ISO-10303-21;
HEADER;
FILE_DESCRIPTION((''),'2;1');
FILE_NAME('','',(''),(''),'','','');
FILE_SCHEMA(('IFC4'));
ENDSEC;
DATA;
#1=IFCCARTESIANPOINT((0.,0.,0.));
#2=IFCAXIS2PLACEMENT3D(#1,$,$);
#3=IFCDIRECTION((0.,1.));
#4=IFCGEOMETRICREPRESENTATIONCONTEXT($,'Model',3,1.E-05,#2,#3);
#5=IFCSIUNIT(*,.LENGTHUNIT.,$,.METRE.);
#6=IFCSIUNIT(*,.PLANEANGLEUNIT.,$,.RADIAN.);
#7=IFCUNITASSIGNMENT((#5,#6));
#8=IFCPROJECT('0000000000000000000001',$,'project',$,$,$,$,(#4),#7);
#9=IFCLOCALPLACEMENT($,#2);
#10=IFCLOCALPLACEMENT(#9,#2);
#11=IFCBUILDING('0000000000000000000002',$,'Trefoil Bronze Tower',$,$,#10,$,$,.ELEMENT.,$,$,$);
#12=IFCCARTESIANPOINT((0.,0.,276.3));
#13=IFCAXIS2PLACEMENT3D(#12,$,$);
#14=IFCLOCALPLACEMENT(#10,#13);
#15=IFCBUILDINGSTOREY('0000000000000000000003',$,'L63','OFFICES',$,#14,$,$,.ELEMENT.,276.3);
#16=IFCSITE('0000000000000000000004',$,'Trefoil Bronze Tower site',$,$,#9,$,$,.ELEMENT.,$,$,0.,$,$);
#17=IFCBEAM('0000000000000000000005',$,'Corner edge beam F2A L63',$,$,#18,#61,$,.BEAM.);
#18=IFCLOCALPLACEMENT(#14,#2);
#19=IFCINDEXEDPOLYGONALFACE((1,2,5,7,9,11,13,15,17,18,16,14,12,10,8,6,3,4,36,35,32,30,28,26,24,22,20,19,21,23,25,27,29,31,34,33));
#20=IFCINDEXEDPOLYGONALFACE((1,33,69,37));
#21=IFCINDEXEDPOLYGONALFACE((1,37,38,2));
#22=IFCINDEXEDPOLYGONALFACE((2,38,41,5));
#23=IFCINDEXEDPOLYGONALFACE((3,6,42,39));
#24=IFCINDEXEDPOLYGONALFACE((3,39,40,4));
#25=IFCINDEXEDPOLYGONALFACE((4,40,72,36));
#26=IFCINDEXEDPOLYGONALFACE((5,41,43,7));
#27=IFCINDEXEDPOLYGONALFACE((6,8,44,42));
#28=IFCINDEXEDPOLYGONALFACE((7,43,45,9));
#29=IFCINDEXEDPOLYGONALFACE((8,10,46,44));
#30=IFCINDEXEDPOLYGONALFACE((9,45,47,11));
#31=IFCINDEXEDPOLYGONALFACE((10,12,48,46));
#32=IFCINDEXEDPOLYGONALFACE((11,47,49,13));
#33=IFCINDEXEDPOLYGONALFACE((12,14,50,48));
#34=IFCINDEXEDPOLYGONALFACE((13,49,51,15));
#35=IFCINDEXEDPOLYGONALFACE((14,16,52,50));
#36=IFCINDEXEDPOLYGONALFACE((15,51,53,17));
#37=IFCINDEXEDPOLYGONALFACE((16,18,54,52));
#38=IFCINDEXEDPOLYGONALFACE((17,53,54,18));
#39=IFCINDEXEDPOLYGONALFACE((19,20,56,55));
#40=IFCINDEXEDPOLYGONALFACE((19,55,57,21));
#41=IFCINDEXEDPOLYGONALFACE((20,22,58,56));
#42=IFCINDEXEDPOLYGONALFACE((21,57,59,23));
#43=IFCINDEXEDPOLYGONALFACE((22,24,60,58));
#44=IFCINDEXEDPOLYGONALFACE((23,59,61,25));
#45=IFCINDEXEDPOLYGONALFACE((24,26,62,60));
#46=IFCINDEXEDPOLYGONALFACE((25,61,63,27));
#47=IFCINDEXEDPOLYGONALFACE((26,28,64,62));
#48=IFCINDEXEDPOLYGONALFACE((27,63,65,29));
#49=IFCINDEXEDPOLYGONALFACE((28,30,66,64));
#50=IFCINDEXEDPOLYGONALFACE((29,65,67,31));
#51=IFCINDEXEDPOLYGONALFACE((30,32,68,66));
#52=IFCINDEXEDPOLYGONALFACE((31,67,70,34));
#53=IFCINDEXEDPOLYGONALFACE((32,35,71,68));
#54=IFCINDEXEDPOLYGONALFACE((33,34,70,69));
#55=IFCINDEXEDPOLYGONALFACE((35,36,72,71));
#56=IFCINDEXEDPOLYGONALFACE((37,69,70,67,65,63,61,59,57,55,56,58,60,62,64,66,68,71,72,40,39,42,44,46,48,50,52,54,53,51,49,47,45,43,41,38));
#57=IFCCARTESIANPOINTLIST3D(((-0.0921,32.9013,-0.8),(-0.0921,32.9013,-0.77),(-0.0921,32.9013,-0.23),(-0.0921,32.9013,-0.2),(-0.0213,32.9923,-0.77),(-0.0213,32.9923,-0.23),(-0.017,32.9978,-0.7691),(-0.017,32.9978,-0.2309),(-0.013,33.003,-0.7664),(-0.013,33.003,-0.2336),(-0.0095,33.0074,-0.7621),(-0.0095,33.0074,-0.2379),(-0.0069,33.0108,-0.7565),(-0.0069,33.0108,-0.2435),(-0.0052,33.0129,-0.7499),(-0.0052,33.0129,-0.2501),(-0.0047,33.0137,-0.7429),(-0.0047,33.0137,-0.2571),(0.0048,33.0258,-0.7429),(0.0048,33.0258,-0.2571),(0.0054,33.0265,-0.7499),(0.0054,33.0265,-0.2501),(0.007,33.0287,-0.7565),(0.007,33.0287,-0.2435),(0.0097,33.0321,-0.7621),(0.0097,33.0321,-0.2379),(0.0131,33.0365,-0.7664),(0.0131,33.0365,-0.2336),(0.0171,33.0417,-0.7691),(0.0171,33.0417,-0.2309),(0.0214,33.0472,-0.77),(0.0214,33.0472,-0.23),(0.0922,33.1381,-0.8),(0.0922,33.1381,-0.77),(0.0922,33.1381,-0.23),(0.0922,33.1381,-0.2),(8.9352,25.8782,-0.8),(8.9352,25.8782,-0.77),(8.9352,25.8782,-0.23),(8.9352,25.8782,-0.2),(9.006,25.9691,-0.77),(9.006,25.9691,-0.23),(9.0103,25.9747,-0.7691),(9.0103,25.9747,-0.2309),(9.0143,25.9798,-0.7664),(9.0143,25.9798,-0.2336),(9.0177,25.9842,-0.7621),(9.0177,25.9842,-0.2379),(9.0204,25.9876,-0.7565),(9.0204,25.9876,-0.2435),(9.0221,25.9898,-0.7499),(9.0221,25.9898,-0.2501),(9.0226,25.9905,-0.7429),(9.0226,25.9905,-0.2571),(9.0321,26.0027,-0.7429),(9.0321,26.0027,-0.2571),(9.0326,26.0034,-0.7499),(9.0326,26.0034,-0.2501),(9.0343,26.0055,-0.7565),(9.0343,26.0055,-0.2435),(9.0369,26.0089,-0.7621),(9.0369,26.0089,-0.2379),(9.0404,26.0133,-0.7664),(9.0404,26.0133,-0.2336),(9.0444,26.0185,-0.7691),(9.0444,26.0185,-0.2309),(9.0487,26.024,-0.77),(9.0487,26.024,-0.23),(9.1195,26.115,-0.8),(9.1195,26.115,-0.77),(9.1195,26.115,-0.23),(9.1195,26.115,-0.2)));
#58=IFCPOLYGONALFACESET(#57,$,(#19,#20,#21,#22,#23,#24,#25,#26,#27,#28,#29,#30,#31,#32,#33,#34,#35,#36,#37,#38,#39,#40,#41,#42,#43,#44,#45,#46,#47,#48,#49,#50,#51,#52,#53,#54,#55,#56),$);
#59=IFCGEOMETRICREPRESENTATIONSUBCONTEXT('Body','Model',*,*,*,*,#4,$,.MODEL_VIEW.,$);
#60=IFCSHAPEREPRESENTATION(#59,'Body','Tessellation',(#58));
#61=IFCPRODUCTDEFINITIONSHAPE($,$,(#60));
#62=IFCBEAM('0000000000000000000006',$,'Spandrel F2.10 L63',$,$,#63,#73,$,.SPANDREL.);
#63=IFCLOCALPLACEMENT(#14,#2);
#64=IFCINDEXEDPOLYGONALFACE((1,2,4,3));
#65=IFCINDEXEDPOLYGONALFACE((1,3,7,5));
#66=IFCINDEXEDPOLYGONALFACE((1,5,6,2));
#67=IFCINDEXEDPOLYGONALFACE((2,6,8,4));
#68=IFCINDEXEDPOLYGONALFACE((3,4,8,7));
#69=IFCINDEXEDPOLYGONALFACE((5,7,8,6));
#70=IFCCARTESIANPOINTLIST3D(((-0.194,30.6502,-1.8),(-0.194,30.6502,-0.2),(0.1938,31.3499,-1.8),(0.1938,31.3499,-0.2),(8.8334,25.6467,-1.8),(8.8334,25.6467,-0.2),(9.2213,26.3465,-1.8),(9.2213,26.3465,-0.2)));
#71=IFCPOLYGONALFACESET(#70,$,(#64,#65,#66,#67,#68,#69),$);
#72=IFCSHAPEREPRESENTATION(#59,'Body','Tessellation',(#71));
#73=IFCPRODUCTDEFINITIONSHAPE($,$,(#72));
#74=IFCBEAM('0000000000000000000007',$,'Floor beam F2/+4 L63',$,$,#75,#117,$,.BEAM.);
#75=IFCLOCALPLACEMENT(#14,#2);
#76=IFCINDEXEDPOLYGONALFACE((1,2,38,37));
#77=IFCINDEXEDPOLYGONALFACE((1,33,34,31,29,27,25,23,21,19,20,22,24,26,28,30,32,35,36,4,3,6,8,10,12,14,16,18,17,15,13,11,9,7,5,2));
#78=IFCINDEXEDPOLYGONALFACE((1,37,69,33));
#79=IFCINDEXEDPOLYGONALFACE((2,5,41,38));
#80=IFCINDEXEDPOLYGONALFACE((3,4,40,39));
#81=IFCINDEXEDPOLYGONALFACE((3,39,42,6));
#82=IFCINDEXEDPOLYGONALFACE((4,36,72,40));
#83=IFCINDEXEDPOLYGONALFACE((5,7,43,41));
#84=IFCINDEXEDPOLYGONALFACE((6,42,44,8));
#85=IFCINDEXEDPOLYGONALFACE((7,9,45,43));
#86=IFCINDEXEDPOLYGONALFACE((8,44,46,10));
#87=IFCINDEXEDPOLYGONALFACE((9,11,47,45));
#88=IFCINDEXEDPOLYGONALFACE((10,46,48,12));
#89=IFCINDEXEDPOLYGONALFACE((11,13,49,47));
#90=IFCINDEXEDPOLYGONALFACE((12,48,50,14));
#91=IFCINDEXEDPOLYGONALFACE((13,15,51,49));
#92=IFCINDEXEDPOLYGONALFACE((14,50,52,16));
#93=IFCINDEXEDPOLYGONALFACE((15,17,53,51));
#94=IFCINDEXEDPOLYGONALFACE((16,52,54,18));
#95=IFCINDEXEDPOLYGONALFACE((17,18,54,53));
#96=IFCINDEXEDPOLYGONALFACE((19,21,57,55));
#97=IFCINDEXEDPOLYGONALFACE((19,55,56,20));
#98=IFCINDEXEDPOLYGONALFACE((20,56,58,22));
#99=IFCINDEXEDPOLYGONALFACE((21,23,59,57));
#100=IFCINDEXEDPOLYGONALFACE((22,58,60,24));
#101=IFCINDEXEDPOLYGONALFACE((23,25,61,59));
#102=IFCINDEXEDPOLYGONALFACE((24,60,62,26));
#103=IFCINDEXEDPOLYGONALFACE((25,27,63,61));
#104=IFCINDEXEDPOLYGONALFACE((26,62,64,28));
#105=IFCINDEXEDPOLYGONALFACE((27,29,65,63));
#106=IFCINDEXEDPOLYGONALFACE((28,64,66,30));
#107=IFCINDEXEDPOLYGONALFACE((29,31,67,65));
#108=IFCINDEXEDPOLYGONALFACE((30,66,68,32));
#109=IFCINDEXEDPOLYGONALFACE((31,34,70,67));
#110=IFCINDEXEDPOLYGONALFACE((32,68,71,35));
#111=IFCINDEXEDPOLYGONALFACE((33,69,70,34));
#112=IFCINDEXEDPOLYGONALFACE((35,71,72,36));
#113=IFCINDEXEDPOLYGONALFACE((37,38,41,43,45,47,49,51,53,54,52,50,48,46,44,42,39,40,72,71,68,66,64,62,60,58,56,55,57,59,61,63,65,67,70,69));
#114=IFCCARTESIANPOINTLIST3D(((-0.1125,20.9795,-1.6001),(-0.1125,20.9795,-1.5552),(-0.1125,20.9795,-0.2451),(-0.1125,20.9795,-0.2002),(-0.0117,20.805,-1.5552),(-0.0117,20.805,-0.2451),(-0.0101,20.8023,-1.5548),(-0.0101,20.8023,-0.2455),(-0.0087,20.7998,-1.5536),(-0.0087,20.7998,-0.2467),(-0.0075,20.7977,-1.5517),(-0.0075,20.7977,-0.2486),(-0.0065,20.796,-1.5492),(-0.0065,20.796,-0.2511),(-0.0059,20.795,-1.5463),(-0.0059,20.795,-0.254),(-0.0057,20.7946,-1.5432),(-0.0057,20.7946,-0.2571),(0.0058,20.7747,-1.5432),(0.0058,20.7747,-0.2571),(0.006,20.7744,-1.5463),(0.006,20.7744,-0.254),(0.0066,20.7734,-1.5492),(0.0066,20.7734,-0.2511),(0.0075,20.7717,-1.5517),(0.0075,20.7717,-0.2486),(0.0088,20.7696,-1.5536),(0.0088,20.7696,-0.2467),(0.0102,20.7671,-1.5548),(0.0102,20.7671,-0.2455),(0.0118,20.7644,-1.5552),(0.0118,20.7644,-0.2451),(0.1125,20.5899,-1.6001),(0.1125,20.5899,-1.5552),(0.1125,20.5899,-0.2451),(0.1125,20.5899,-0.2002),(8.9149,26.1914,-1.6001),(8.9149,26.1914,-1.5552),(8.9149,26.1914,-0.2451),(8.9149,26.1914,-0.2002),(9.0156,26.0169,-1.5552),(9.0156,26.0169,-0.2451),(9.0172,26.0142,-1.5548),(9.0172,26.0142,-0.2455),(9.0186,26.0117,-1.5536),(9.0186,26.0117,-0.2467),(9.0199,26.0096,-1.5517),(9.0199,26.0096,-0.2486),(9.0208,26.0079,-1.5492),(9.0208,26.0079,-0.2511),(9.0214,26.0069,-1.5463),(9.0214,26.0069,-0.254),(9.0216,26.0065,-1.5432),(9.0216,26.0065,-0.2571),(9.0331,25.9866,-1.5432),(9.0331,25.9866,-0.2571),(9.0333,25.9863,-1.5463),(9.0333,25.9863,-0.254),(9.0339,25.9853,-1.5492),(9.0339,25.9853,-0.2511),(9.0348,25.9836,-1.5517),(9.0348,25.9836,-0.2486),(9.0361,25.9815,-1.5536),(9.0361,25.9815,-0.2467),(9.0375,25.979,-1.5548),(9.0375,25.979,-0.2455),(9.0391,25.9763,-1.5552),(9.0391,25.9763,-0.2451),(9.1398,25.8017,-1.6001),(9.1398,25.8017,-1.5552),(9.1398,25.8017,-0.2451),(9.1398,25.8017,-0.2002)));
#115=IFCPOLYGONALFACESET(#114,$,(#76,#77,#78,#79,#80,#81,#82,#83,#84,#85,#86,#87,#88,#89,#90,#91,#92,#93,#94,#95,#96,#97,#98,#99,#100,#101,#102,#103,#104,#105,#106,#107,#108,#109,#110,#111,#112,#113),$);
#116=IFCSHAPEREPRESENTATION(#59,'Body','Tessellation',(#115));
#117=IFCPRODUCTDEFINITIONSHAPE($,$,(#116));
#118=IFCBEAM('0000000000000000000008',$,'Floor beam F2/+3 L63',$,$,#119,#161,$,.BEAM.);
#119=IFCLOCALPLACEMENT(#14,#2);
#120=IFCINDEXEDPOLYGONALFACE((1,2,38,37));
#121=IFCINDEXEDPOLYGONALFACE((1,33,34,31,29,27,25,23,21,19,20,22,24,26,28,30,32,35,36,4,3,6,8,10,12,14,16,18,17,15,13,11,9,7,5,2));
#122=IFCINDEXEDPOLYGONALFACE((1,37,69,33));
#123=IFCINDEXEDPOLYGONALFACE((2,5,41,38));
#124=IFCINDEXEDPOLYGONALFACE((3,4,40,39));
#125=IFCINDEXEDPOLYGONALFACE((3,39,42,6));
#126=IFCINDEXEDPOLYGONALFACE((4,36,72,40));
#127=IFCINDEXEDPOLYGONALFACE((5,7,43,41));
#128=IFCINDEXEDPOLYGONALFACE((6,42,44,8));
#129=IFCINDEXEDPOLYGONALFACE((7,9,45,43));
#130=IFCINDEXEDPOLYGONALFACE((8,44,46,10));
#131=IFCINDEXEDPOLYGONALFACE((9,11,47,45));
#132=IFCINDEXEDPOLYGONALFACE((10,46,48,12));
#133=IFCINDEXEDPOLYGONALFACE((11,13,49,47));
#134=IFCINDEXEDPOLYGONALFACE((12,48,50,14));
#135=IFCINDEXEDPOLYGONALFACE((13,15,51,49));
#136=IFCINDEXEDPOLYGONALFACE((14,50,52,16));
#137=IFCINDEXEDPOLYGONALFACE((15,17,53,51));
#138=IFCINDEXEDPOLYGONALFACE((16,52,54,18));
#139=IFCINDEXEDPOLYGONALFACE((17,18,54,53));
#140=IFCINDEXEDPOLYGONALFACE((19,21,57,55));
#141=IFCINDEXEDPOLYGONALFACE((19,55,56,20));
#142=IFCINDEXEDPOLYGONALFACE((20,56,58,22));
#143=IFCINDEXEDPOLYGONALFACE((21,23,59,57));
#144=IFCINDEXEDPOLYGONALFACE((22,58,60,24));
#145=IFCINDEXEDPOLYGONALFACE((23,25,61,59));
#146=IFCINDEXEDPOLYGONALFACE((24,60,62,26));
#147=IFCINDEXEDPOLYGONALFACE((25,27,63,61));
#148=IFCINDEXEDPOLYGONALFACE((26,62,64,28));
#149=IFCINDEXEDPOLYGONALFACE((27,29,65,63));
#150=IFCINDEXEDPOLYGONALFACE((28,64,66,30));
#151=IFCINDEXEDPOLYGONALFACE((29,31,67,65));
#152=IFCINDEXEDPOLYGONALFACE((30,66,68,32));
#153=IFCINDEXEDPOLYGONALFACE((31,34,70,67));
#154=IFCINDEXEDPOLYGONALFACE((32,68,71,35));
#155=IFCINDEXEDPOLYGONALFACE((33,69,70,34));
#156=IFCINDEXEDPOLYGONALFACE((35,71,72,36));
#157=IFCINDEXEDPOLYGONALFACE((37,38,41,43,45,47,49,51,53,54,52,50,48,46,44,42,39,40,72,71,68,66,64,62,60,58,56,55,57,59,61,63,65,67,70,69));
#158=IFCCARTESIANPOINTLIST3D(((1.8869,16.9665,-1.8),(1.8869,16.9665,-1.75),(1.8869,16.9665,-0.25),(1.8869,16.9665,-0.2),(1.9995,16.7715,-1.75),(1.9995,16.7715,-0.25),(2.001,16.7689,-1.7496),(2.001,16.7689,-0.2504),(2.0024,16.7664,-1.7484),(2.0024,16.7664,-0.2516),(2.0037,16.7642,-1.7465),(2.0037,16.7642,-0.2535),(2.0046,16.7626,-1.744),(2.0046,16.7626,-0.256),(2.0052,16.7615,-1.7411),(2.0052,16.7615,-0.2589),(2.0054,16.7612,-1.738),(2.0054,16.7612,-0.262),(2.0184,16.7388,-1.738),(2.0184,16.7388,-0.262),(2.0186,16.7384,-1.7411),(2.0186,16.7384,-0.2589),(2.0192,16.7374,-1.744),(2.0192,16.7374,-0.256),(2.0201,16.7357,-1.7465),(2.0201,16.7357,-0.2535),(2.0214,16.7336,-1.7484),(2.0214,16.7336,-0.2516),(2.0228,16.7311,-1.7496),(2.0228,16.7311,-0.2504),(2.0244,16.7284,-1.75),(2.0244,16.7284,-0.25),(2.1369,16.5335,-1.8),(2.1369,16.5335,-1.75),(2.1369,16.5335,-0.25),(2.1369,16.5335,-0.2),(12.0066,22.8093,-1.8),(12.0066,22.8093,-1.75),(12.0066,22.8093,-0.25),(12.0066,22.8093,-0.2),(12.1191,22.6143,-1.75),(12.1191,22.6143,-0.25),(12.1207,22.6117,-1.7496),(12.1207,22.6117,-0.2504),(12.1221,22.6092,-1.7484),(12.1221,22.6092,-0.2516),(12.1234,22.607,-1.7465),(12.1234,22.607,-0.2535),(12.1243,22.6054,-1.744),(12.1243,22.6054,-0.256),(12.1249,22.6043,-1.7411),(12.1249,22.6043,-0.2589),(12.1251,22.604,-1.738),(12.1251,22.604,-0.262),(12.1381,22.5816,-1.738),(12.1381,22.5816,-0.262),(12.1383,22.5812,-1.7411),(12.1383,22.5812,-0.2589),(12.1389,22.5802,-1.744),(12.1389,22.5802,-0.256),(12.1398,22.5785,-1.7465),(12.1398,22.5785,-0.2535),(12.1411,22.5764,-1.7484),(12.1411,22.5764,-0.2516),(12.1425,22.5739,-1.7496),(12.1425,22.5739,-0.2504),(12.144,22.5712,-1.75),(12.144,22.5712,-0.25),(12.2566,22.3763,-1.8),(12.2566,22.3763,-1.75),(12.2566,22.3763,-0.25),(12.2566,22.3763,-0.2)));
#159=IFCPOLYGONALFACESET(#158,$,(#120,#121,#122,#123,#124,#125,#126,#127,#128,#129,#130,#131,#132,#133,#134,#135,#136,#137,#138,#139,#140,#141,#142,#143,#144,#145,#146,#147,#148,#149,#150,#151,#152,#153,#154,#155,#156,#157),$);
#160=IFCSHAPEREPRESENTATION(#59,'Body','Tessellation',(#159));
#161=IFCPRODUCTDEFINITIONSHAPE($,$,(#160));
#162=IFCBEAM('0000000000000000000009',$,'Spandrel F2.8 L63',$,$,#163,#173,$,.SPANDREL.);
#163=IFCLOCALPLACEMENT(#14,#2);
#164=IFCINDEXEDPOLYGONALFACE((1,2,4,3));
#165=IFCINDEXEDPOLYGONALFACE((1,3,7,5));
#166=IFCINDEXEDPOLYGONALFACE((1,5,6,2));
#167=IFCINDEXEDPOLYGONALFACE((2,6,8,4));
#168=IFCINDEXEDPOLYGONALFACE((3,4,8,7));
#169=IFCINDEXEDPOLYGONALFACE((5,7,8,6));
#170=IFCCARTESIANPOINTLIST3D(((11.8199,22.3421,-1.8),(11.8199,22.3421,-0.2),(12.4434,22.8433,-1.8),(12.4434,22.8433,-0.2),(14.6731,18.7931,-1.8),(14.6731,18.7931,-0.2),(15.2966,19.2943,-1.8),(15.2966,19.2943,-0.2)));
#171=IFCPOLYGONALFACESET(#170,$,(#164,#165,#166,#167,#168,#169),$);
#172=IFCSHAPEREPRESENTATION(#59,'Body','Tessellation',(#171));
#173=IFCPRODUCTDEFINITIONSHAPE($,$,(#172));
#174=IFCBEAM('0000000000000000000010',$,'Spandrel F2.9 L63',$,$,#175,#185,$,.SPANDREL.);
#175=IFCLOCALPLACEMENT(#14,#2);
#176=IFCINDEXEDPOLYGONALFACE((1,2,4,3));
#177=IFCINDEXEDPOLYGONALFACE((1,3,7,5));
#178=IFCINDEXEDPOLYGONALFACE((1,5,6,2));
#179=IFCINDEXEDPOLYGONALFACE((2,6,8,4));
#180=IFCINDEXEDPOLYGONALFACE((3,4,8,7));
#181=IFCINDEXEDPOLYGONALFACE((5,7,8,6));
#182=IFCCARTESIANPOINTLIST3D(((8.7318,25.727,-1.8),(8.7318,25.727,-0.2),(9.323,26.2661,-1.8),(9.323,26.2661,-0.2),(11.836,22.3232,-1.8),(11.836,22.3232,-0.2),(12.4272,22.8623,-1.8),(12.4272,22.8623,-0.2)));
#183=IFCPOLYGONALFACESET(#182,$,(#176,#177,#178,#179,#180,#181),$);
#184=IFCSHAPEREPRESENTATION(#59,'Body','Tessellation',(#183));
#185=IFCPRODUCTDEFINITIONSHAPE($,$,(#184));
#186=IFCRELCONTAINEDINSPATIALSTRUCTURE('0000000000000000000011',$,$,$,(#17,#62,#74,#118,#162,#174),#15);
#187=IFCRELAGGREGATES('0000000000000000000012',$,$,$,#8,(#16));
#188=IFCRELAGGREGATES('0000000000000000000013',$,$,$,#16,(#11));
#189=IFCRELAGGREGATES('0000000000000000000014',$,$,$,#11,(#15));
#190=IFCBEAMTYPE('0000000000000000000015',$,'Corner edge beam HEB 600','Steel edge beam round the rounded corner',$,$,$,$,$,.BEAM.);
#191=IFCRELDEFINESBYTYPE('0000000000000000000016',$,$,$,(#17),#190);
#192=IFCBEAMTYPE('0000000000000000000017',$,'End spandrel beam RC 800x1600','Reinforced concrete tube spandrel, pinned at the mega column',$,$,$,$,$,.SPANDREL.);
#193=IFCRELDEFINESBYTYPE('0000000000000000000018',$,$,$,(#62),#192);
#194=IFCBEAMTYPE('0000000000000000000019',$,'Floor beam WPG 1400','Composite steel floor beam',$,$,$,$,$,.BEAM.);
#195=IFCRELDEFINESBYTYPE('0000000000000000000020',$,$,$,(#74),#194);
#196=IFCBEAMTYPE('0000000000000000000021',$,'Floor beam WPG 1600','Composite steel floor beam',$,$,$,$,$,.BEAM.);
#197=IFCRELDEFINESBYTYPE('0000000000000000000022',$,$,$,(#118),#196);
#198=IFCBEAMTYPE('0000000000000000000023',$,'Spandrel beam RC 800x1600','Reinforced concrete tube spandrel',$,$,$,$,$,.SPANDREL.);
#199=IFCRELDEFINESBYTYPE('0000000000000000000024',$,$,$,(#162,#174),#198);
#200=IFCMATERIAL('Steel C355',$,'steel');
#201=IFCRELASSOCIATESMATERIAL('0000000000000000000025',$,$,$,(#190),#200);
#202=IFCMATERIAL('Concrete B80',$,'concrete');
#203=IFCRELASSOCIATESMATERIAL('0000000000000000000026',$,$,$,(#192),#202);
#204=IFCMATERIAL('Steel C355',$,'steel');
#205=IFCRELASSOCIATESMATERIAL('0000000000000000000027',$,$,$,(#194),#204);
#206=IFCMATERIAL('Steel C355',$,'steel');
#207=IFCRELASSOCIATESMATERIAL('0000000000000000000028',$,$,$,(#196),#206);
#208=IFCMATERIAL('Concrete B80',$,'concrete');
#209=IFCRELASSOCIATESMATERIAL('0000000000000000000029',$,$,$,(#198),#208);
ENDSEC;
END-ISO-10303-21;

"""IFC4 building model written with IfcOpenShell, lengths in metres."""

from ifc_helpers import new_model, si_unit, direction, frame, origin, origin_2d, place, context, subcontext, project, spatial, rectangle, i_section, extrude, material, material_profile, profile_set, type_object, element, save


model = new_model("IFC4")

# Units and contexts
model_context = context("Model", 3, precision=1e-05, world=origin(), true_north=direction((0.0, 1.0)))
body_context = subcontext(model_context, "Body", "Model", "MODEL_VIEW")
ifc_project = project(units=[si_unit("LENGTHUNIT", "METRE"), si_unit("PLANEANGLEUNIT", "RADIAN")], contexts=[model_context])

# Site, building, storey
site_placement = place(None, origin())
site = spatial("IfcSite", under=ifc_project, at=site_placement, Name="Trefoil Bronze Tower site", CompositionType="ELEMENT", RefElevation=0.0)
building_placement = place(site_placement, origin())
building = spatial("IfcBuilding", under=site, at=building_placement, Name="Trefoil Bronze Tower", CompositionType="ELEMENT")
storey_placement = place(building_placement, frame((0.0, 0.0, 276.3)))
storey = spatial("IfcBuildingStorey", under=building, at=storey_placement, Name="L63", Description="OFFICES", CompositionType="ELEMENT", Elevation=276.3)

# Beams
ifc_material_1 = material(Name="Steel C355", Category="steel")
ifc_material_profile_1 = material_profile(ifc_material_1, i_section(OverallWidth=0.3, OverallDepth=0.6001, WebThickness=0.0154, FlangeThickness=0.03, FilletRadius=0.0271, at=origin_2d()), Name="HEB 600")
ifc_profile_set_1 = profile_set([ifc_material_profile_1], Name="Steel C355")
beam_type_1 = type_object("IfcBeamType", Name="Corner edge beam HEB 600", Description="Steel edge beam round the rounded corner", PredefinedType="BEAM", material=ifc_profile_set_1)
beam_1_placement = place(storey_placement, frame((9.0273, 25.9966, -0.5), z_axis=(-0.789271, 0.614046, 0.0), x_axis=(-0.614046, -0.789271, 0.0)))
element("IfcBeam", 1, at=beam_1_placement, inside=storey, type_object=beam_type_1, Name="Corner edge beam F2A L63", PredefinedType="BEAM", context=body_context, shape_type="SweptSolid", body=[
    extrude(i_section(OverallWidth=0.3, OverallDepth=0.6001, WebThickness=0.0154, FlangeThickness=0.03, FilletRadius=0.0271, at=origin_2d()), origin(), (0.0, 0.0, 1.0), 11.4375),
])
ifc_material_2 = material(Name="Concrete B80", Category="concrete")
ifc_material_profile_2 = material_profile(ifc_material_2, rectangle(XDim=0.8, YDim=1.6001, at=origin_2d()), Name="RC 800x1600")
ifc_profile_set_2 = profile_set([ifc_material_profile_2], Name="Concrete B80")
beam_type_2 = type_object("IfcBeamType", Name="End spandrel beam RC 800x1600", Description="Reinforced concrete tube spandrel, pinned at the mega column", PredefinedType="SPANDREL", material=ifc_profile_set_2)
beam_2_placement = place(storey_placement, frame((9.0273, 25.9966, -1.0), z_axis=(-0.874641, 0.484771, 0.0), x_axis=(-0.484771, -0.874641, 0.0)))
element("IfcBeam", 2, at=beam_2_placement, inside=storey, type_object=beam_type_2, Name="Spandrel F2.10 L63", PredefinedType="SPANDREL", context=body_context, shape_type="SweptSolid", body=[
    extrude(rectangle(XDim=0.8, YDim=1.6001, at=origin_2d()), origin(), (0.0, 0.0, 1.0), 10.3213),
])
ifc_material_3 = material(Name="Steel C355", Category="steel")
ifc_material_profile_3 = material_profile(ifc_material_3, i_section(OverallWidth=0.45, OverallDepth=1.3999, WebThickness=0.0229, FlangeThickness=0.0449, FilletRadius=0.012, at=origin_2d()), Name="WPG 1400")
ifc_profile_set_3 = profile_set([ifc_material_profile_3], Name="Steel C355")
beam_type_3 = type_object("IfcBeamType", Name="Floor beam WPG 1400", Description="Composite steel floor beam", PredefinedType="BEAM", material=ifc_profile_set_3)
beam_3_placement = place(storey_placement, frame((9.0273, 25.9966, -0.9001), z_axis=(-0.866026, -0.499998, 0.0), x_axis=(0.499998, -0.866026, 0.0)))
element("IfcBeam", 3, at=beam_3_placement, inside=storey, type_object=beam_type_3, Name="Floor beam F2/+4 L63", PredefinedType="BEAM", context=body_context, shape_type="SweptSolid", body=[
    extrude(i_section(OverallWidth=0.45, OverallDepth=1.3999, WebThickness=0.0229, FlangeThickness=0.0449, FilletRadius=0.012, at=origin_2d()), origin(), (0.0, 0.0, 1.0), 10.4238),
])
ifc_material_4 = material(Name="Steel C355", Category="steel")
ifc_material_profile_4 = material_profile(ifc_material_4, i_section(OverallWidth=0.5, OverallDepth=1.6001, WebThickness=0.0259, FlangeThickness=0.05, FilletRadius=0.012, at=origin_2d()), Name="WPG 1600")
ifc_profile_set_4 = profile_set([ifc_material_profile_4], Name="Steel C355")
beam_type_4 = type_object("IfcBeamType", Name="Floor beam WPG 1600", Description="Composite steel floor beam", PredefinedType="BEAM", material=ifc_profile_set_4)
beam_4_placement = place(storey_placement, frame((12.1316, 22.5928, -1.0), z_axis=(-0.866018, -0.500013, 0.0), x_axis=(0.500013, -0.866018, 0.0)))
element("IfcBeam", 4, at=beam_4_placement, inside=storey, type_object=beam_type_4, Name="Floor beam F2/+3 L63", PredefinedType="BEAM", context=body_context, shape_type="SweptSolid", body=[
    extrude(i_section(OverallWidth=0.5, OverallDepth=1.6001, WebThickness=0.0259, FlangeThickness=0.05, FilletRadius=0.012, at=origin_2d()), origin(), (0.0, 0.0, 1.0), 11.6853),
])
ifc_material_5 = material(Name="Concrete B80", Category="concrete")
ifc_material_profile_5 = material_profile(ifc_material_5, rectangle(XDim=0.8, YDim=1.6001, at=origin_2d()), Name="RC 800x1600")
ifc_profile_set_5 = profile_set([ifc_material_profile_5], Name="Concrete B80")
beam_type_5 = type_object("IfcBeamType", Name="Spandrel beam RC 800x1600", Description="Reinforced concrete tube spandrel", PredefinedType="SPANDREL", material=ifc_profile_set_5)
beam_5_placement = place(storey_placement, frame((14.9849, 19.0437, -1.0), z_axis=(-0.62657, 0.779365, 0.0), x_axis=(-0.779365, -0.62657, 0.0)))
element("IfcBeam", 5, at=beam_5_placement, inside=storey, type_object=beam_type_5, Name="Spandrel F2.8 L63", PredefinedType="SPANDREL", context=body_context, shape_type="SweptSolid", body=[
    extrude(rectangle(XDim=0.8, YDim=1.6001, at=origin_2d()), origin(), (0.0, 0.0, 1.0), 4.5537),
])
beam_6_placement = place(storey_placement, frame((12.1316, 22.5928, -1.0), z_axis=(-0.673846, 0.738872, 0.0), x_axis=(-0.738872, -0.673846, 0.0)))
element("IfcBeam", 6, at=beam_6_placement, inside=storey, type_object=beam_type_5, Name="Spandrel F2.9 L63", PredefinedType="SPANDREL", context=body_context, shape_type="SweptSolid", body=[
    extrude(rectangle(XDim=0.8, YDim=1.6001, at=origin_2d()), origin(), (0.0, 0.0, 1.0), 4.6067),
])

save(model, "model.ifc")
